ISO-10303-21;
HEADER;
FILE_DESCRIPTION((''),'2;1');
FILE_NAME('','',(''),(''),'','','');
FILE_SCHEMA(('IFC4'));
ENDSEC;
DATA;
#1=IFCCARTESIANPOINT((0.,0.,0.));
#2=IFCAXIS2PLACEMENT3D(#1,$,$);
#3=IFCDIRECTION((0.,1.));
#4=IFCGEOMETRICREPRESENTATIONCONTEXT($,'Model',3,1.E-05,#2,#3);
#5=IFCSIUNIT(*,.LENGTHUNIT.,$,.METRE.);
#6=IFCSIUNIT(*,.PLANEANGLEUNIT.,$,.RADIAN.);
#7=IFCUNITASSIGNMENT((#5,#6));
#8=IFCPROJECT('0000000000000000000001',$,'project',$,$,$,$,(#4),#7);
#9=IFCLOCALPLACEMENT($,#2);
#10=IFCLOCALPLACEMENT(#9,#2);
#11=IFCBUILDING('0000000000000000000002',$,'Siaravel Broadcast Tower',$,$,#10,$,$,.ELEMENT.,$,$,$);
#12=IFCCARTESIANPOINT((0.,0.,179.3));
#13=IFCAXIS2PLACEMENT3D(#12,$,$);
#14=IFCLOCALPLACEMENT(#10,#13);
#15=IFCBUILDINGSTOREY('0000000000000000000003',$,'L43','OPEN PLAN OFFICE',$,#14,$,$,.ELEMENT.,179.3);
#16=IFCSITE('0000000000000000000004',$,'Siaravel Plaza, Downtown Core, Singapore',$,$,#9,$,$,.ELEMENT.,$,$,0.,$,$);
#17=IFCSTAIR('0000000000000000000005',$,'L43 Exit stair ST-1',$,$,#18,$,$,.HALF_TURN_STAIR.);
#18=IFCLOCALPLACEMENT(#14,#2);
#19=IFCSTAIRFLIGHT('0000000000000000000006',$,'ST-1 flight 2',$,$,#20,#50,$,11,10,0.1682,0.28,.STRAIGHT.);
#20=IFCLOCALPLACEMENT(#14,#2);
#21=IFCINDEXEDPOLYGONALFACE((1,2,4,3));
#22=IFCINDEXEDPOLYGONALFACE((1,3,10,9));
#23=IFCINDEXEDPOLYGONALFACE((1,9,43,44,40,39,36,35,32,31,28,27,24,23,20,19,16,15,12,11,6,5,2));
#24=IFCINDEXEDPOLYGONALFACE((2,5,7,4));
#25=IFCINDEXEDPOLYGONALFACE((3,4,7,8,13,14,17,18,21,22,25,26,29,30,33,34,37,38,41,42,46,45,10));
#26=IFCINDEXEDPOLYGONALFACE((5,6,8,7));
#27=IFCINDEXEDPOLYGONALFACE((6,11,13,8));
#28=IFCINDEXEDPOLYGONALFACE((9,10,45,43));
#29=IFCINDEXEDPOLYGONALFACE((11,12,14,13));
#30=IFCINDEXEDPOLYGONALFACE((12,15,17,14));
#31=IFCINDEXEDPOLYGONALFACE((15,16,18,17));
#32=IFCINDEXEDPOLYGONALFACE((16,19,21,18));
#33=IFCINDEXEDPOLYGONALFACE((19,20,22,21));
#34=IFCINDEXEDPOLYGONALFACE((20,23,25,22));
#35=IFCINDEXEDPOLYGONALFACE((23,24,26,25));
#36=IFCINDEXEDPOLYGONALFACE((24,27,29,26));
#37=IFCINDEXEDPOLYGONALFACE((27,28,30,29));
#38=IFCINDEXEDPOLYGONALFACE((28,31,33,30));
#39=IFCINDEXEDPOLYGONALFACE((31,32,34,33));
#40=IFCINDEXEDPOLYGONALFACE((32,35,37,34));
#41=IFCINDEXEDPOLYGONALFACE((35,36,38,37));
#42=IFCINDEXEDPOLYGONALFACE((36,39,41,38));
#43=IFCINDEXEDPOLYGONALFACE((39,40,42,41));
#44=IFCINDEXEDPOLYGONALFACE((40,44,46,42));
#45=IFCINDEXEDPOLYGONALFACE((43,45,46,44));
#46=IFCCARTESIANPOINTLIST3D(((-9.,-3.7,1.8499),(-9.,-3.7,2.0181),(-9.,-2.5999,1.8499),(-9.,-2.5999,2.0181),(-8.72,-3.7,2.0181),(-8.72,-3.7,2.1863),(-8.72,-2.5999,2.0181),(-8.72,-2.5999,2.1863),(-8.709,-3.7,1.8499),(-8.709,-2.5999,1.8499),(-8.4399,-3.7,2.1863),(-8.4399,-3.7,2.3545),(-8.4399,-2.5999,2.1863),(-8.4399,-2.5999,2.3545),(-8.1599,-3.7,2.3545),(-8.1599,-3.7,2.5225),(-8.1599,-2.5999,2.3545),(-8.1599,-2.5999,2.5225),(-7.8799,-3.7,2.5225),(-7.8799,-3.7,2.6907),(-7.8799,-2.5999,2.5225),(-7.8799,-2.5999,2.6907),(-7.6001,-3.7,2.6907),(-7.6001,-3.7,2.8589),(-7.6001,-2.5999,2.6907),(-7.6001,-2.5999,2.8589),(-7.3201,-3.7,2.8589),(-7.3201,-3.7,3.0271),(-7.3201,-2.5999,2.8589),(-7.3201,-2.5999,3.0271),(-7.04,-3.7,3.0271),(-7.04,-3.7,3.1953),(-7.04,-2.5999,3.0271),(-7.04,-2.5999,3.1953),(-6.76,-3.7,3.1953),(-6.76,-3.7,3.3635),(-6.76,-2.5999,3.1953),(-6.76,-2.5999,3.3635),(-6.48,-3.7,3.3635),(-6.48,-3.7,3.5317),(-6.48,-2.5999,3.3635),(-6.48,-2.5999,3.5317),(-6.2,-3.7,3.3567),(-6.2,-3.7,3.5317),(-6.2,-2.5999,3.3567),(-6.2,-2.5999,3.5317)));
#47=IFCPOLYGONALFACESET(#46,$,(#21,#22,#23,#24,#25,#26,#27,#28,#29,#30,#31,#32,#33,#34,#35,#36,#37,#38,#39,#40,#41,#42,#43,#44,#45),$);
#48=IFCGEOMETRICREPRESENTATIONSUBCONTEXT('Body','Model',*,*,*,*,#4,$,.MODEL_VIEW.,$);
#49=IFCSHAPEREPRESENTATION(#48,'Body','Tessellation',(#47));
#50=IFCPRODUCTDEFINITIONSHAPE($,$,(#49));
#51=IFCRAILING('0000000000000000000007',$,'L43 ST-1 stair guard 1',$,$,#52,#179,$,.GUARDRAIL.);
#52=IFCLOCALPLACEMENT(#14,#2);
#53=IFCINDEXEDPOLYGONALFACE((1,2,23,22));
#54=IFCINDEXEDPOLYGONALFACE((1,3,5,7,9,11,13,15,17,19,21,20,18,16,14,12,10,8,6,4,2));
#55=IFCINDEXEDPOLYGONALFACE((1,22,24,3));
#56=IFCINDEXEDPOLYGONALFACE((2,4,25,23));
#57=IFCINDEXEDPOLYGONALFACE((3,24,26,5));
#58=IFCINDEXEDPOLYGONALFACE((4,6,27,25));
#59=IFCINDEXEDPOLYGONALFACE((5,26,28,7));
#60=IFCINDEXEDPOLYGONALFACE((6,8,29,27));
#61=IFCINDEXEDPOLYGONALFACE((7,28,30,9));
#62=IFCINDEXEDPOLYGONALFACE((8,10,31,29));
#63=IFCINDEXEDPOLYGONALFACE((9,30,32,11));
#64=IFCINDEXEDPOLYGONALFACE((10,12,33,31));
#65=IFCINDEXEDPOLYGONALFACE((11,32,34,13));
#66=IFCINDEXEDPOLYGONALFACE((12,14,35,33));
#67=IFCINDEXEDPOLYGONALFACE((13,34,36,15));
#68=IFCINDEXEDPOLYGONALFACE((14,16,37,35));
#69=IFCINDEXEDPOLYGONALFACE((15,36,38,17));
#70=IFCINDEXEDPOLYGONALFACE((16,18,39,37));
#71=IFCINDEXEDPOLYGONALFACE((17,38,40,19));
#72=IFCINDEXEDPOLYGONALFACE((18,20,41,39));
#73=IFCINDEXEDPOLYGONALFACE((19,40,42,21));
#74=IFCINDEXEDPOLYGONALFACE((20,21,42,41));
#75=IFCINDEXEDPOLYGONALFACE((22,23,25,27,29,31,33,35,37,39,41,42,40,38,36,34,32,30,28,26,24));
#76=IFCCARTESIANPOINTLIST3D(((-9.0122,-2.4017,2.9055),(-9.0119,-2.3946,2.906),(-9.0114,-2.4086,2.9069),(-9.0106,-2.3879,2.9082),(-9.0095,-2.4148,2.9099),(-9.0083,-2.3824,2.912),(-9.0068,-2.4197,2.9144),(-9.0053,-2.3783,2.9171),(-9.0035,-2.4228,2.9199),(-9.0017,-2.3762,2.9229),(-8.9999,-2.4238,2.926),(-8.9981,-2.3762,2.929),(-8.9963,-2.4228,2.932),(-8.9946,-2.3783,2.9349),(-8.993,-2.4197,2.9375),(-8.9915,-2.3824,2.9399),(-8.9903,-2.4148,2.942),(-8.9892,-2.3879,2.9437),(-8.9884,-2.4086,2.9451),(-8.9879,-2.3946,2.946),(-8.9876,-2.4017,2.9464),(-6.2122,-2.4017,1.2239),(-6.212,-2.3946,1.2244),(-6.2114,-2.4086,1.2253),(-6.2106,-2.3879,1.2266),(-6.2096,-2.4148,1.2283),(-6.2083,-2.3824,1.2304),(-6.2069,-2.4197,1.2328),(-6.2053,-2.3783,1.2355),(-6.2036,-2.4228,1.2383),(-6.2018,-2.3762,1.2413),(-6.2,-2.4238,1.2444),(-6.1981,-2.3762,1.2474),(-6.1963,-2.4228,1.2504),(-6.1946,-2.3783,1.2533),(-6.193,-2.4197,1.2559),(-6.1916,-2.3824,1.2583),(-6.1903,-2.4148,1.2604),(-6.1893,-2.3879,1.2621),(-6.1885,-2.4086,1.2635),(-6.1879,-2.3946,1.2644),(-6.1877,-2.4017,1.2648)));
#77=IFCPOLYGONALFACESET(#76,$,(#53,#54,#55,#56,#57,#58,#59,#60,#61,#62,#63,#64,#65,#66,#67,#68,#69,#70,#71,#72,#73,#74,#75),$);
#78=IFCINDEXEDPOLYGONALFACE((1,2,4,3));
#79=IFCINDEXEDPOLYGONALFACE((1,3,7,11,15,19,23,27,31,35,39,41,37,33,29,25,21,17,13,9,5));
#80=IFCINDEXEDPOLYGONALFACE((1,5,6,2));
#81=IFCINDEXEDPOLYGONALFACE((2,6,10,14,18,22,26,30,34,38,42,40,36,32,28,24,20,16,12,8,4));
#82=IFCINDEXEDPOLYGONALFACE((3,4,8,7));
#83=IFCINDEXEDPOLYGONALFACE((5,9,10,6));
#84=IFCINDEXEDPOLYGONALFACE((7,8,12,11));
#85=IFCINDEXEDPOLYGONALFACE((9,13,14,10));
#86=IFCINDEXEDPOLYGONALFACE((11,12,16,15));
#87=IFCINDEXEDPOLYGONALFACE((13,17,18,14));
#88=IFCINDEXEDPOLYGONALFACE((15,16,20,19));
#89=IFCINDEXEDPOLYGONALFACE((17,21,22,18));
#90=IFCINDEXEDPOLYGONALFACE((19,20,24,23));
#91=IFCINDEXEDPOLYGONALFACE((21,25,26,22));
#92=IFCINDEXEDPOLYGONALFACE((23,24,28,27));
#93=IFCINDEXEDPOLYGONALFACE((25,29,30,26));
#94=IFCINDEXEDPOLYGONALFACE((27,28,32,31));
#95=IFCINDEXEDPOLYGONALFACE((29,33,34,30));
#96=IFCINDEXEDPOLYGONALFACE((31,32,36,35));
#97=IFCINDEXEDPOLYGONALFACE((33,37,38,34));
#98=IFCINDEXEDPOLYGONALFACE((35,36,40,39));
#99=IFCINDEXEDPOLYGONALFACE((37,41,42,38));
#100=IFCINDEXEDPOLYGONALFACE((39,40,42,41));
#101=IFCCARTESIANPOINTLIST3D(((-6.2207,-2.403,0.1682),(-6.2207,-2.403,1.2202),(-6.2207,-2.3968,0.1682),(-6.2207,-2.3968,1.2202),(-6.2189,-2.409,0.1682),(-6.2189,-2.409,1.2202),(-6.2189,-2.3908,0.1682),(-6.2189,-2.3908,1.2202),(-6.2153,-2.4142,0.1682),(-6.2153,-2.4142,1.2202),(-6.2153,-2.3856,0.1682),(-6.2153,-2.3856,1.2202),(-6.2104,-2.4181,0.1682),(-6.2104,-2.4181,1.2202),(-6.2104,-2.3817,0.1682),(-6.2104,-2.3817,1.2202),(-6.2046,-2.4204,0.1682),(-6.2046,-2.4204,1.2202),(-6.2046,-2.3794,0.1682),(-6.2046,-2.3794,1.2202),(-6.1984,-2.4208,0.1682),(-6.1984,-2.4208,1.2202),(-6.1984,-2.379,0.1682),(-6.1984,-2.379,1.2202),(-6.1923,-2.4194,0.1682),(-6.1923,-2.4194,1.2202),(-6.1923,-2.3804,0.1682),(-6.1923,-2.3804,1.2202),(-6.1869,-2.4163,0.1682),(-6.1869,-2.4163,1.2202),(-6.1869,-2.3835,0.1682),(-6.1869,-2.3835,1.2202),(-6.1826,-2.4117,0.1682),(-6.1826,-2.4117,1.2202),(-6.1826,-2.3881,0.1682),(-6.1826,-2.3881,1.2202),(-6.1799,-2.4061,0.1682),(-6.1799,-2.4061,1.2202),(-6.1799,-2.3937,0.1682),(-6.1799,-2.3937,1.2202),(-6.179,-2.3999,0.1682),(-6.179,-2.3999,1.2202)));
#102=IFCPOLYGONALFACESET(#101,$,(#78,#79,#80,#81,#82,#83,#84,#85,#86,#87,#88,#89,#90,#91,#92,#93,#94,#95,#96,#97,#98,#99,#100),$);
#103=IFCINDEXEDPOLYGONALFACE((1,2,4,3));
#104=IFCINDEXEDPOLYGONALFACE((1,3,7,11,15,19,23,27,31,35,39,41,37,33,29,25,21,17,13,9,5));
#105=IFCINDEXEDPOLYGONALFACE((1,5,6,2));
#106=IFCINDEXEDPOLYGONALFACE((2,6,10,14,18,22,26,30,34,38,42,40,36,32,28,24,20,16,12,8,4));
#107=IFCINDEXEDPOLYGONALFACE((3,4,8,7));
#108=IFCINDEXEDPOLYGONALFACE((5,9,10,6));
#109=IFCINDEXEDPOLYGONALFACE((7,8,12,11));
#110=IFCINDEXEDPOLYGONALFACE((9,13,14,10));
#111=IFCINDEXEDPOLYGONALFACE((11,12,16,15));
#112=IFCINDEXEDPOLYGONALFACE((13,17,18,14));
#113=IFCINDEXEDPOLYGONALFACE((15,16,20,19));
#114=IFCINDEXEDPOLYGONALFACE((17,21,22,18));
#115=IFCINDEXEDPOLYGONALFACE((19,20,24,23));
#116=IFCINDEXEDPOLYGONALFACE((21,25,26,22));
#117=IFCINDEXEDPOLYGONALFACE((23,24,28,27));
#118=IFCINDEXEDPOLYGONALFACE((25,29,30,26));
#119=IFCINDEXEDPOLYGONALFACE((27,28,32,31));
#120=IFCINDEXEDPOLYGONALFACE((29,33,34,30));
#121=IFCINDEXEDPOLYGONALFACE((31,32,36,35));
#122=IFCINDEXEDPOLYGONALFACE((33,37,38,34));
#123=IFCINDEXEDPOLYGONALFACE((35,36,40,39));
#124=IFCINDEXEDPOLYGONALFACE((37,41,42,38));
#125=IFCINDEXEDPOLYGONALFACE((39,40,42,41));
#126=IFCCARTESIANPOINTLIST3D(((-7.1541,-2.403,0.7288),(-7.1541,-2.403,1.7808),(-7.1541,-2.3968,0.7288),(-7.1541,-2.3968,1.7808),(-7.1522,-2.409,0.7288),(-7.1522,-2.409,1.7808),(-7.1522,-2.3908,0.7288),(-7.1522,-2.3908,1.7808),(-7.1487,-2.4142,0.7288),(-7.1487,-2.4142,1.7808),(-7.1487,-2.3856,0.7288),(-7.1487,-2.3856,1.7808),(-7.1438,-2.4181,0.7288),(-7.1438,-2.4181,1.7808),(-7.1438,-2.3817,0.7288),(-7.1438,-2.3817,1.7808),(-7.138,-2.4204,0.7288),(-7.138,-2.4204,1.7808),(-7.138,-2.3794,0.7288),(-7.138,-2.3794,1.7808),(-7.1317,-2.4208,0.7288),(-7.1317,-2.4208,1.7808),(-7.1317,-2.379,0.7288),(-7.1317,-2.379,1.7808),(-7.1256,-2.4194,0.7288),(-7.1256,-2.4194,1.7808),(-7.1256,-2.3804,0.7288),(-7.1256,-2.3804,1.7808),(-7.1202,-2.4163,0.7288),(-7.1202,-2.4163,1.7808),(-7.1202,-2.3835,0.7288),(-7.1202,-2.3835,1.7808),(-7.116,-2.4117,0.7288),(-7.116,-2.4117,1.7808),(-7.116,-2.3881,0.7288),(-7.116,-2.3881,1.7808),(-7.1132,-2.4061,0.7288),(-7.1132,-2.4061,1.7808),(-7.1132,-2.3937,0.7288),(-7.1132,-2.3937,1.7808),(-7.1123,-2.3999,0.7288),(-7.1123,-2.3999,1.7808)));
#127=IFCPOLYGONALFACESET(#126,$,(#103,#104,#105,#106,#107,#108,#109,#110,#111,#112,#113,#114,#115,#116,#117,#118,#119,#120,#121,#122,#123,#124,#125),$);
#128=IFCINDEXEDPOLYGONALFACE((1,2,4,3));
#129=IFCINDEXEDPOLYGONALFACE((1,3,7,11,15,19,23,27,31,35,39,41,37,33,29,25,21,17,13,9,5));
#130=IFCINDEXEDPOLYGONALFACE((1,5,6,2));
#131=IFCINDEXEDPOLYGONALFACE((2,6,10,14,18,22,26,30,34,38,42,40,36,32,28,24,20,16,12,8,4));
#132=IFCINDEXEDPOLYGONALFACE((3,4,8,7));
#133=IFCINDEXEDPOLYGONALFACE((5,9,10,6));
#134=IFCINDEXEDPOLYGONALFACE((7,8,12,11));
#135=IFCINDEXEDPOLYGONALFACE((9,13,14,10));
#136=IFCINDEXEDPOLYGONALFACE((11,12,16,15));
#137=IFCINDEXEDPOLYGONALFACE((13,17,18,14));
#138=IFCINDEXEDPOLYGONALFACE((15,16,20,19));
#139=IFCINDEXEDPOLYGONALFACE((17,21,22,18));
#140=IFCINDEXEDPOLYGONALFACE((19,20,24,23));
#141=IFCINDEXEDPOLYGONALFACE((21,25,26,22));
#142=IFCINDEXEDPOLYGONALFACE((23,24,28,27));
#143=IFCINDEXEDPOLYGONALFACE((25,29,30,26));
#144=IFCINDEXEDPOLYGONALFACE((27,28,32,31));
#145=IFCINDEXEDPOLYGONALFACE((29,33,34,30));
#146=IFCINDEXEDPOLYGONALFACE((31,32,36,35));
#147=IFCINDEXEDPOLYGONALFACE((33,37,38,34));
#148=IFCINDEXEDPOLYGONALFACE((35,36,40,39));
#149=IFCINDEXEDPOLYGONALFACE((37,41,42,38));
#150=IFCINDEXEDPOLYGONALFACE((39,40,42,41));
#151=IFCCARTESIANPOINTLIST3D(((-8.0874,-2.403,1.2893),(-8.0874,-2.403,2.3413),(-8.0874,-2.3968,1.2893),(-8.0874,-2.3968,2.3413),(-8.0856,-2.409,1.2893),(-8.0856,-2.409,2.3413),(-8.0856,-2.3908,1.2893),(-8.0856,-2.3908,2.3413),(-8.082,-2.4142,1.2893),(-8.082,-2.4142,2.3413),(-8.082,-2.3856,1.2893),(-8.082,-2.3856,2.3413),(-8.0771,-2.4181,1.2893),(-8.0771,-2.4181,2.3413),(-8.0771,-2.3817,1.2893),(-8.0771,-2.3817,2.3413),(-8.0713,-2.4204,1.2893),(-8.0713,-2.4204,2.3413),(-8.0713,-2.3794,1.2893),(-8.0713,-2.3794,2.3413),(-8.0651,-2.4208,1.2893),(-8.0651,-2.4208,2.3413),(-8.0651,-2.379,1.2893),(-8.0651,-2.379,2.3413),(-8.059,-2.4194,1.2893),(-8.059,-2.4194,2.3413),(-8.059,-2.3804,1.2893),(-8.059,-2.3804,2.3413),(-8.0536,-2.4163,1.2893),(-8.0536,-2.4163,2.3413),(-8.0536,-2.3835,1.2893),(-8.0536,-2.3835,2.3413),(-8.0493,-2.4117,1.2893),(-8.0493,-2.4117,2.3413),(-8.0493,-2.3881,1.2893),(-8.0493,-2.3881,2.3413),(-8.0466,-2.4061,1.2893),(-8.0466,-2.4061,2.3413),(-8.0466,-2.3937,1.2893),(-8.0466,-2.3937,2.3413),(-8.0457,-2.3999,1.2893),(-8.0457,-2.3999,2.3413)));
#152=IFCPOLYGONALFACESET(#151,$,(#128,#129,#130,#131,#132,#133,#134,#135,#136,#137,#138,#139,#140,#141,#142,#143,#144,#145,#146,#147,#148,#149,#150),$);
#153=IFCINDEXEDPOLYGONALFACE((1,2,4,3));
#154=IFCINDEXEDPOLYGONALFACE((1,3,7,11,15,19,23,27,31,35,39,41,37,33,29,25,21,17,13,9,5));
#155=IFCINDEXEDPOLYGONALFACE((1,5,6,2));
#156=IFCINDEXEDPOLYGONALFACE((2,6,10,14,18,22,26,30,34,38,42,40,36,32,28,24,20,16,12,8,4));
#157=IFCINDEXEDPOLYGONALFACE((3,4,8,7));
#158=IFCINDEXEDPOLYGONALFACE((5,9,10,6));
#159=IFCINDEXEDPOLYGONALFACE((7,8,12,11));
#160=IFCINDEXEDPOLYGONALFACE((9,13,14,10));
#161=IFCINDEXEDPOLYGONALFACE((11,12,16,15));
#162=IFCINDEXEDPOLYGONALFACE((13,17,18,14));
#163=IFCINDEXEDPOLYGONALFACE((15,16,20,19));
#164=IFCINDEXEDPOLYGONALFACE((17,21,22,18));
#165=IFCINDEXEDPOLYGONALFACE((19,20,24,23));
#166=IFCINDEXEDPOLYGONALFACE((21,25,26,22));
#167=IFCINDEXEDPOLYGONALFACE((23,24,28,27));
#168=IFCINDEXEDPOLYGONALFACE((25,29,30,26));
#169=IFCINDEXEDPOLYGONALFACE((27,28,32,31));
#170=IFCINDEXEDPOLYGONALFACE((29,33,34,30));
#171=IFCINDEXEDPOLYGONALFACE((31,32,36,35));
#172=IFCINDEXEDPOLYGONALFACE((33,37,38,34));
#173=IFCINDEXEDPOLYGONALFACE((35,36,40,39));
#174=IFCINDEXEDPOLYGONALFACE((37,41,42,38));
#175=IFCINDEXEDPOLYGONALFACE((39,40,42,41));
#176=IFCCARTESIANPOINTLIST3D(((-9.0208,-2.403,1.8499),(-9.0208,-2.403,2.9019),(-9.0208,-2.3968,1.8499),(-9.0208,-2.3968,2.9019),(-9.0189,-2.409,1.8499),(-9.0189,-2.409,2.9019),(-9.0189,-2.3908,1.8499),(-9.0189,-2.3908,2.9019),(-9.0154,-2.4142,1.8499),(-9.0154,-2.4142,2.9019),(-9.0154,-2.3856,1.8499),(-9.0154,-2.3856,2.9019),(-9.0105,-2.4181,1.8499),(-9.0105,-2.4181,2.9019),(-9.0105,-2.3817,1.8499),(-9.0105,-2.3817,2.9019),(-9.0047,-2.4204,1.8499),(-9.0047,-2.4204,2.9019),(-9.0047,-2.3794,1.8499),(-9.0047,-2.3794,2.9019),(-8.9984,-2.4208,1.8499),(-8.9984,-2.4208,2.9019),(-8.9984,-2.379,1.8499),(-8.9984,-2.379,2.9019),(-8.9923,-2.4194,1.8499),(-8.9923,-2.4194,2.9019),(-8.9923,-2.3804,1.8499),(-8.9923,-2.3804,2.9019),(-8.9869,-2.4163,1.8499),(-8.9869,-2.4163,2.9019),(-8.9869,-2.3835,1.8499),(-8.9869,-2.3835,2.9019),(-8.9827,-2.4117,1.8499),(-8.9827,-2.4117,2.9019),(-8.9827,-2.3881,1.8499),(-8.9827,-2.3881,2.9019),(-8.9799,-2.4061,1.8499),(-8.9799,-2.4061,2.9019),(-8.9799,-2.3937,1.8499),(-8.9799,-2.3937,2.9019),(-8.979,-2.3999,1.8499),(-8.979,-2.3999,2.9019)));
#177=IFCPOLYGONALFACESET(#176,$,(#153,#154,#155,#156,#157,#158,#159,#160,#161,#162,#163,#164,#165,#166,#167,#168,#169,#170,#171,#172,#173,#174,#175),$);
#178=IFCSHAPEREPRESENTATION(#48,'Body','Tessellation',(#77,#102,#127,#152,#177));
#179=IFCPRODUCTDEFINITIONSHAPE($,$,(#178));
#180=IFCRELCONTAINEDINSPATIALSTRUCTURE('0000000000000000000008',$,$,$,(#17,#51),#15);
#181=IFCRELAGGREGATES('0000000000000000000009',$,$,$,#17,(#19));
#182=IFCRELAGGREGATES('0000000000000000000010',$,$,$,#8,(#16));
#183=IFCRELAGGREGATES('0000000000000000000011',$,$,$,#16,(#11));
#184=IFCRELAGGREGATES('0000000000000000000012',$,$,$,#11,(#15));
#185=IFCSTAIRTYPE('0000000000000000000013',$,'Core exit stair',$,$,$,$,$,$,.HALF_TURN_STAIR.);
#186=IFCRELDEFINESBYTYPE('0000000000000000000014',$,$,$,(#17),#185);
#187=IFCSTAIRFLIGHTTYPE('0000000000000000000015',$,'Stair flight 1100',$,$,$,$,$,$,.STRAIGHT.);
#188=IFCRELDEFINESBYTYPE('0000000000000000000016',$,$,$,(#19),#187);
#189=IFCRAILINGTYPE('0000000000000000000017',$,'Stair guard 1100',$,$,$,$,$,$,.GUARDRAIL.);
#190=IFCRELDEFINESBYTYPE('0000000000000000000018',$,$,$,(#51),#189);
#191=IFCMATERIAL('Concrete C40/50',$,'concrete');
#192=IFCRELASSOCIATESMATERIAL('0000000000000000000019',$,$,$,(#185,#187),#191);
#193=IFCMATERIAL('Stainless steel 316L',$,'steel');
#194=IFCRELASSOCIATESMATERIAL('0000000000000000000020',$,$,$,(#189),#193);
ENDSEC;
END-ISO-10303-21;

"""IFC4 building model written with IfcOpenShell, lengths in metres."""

from ifc_helpers import new_model, si_unit, direction, frame, origin, origin_2d, place, context, subcontext, project, spatial, polyline, circle, outline, extrude, material, type_object, element, aggregate, save


model = new_model("IFC4")

# Units and contexts
model_context = context("Model", 3, precision=1e-05, world=origin(), true_north=direction((0.0, 1.0)))
body_context = subcontext(model_context, "Body", "Model", "MODEL_VIEW")
ifc_project = project(units=[si_unit("LENGTHUNIT", "METRE"), si_unit("PLANEANGLEUNIT", "RADIAN")], contexts=[model_context])

# Site, building, storey
site_placement = place(None, origin())
site = spatial("IfcSite", under=ifc_project, at=site_placement, Name="Siaravel Plaza, Downtown Core, Singapore", CompositionType="ELEMENT", RefElevation=0.0)
building_placement = place(site_placement, origin())
building = spatial("IfcBuilding", under=site, at=building_placement, Name="Siaravel Broadcast Tower", CompositionType="ELEMENT")
storey_placement = place(building_placement, frame((0.0, 0.0, 179.3)))
storey = spatial("IfcBuildingStorey", under=building, at=storey_placement, Name="L43", Description="OPEN PLAN OFFICE", CompositionType="ELEMENT", Elevation=179.3)

# Stair, stair flight
ifc_material_1 = material(Name="Concrete C40/50", Category="concrete")
stair_type = type_object("IfcStairType", Name="Core exit stair", PredefinedType="HALF_TURN_STAIR", material=ifc_material_1)
stair_placement = place(storey_placement, origin())
stair = element("IfcStair", 1, at=stair_placement, inside=storey, type_object=stair_type, Name="L43 Exit stair ST-1", PredefinedType="HALF_TURN_STAIR")
stair_flight_type = type_object("IfcStairFlightType", Name="Stair flight 1100", PredefinedType="STRAIGHT", material=ifc_material_1)
stair_flight_1_placement = place(storey_placement, frame((-9.0, -3.1499, 1.8499), z_axis=(0.0, 0.0, 1.0), x_axis=(1.0, 0.0, 0.0)))
stair_flight_1 = element("IfcStairFlight", 2, at=stair_flight_1_placement, type_object=stair_flight_type, Name="ST-1 flight 2", NumberOfRisers=11, NumberOfTreads=10, PredefinedType="STRAIGHT", RiserHeight=0.1682, TreadLength=0.28, context=body_context, shape_type="SweptSolid", body=[
    extrude(outline(polyline([(0.0, 0.0), (0.0, 0.1682), (0.28, 0.1682), (0.28, 0.3364), (0.5601, 0.3364), (0.5601, 0.5046), (0.8401, 0.5046), (0.8401, 0.6726), (1.1201, 0.6726), (1.1201, 0.8408), (1.3999, 0.8408), (1.3999, 1.009), (1.6799, 1.009), (1.6799, 1.1772), (1.96, 1.1772), (1.96, 1.3455), (2.24, 1.3455), (2.24, 1.5137), (2.52, 1.5137), (2.52, 1.6819), (2.8, 1.6819), (2.8, 1.8501), (2.8, 1.5068), (0.291, 0.0), (0.0, 0.0)])), frame((0.0, 0.55, 0.0), z_axis=(0.0, -1.0, 0.0), x_axis=(1.0, 0.0, 0.0)), (0.0, 0.0, 1.0), 1.1001),
])
aggregate(stair, [stair_flight_1])

# Railing
ifc_material_2 = material(Name="Stainless steel 316L", Category="steel")
railing_type_1 = type_object("IfcRailingType", Name="Stair guard 1100", PredefinedType="GUARDRAIL", material=ifc_material_2)
railing_1_placement = place(storey_placement, frame((-6.2, -2.3999, 0.1682)))
element("IfcRailing", 3, at=railing_1_placement, inside=storey, type_object=railing_type_1, Name="L43 ST-1 stair guard 1", PredefinedType="GUARDRAIL", context=body_context, shape_type="SweptSolid", body=[
    extrude(circle(Radius=0.0239, at=origin_2d()), frame((0.0, 0.0, 1.0762), z_axis=(-0.857275, 0.0, 0.514858), x_axis=(0.0, -1.0, 0.0)), (0.0, 0.0, 1.0), 3.2661),
    extrude(circle(Radius=0.021, at=origin_2d()), origin(), (0.0, 0.0, 1.0), 1.052),
    extrude(circle(Radius=0.021, at=origin_2d()), frame((-0.9333, 0.0, 0.5605)), (0.0, 0.0, 1.0), 1.052),
    extrude(circle(Radius=0.021, at=origin_2d()), frame((-1.8667, 0.0, 1.1211)), (0.0, 0.0, 1.0), 1.052),
    extrude(circle(Radius=0.021, at=origin_2d()), frame((-2.8, 0.0, 1.6816)), (0.0, 0.0, 1.0), 1.052),
])

save(model, "model.ifc")
